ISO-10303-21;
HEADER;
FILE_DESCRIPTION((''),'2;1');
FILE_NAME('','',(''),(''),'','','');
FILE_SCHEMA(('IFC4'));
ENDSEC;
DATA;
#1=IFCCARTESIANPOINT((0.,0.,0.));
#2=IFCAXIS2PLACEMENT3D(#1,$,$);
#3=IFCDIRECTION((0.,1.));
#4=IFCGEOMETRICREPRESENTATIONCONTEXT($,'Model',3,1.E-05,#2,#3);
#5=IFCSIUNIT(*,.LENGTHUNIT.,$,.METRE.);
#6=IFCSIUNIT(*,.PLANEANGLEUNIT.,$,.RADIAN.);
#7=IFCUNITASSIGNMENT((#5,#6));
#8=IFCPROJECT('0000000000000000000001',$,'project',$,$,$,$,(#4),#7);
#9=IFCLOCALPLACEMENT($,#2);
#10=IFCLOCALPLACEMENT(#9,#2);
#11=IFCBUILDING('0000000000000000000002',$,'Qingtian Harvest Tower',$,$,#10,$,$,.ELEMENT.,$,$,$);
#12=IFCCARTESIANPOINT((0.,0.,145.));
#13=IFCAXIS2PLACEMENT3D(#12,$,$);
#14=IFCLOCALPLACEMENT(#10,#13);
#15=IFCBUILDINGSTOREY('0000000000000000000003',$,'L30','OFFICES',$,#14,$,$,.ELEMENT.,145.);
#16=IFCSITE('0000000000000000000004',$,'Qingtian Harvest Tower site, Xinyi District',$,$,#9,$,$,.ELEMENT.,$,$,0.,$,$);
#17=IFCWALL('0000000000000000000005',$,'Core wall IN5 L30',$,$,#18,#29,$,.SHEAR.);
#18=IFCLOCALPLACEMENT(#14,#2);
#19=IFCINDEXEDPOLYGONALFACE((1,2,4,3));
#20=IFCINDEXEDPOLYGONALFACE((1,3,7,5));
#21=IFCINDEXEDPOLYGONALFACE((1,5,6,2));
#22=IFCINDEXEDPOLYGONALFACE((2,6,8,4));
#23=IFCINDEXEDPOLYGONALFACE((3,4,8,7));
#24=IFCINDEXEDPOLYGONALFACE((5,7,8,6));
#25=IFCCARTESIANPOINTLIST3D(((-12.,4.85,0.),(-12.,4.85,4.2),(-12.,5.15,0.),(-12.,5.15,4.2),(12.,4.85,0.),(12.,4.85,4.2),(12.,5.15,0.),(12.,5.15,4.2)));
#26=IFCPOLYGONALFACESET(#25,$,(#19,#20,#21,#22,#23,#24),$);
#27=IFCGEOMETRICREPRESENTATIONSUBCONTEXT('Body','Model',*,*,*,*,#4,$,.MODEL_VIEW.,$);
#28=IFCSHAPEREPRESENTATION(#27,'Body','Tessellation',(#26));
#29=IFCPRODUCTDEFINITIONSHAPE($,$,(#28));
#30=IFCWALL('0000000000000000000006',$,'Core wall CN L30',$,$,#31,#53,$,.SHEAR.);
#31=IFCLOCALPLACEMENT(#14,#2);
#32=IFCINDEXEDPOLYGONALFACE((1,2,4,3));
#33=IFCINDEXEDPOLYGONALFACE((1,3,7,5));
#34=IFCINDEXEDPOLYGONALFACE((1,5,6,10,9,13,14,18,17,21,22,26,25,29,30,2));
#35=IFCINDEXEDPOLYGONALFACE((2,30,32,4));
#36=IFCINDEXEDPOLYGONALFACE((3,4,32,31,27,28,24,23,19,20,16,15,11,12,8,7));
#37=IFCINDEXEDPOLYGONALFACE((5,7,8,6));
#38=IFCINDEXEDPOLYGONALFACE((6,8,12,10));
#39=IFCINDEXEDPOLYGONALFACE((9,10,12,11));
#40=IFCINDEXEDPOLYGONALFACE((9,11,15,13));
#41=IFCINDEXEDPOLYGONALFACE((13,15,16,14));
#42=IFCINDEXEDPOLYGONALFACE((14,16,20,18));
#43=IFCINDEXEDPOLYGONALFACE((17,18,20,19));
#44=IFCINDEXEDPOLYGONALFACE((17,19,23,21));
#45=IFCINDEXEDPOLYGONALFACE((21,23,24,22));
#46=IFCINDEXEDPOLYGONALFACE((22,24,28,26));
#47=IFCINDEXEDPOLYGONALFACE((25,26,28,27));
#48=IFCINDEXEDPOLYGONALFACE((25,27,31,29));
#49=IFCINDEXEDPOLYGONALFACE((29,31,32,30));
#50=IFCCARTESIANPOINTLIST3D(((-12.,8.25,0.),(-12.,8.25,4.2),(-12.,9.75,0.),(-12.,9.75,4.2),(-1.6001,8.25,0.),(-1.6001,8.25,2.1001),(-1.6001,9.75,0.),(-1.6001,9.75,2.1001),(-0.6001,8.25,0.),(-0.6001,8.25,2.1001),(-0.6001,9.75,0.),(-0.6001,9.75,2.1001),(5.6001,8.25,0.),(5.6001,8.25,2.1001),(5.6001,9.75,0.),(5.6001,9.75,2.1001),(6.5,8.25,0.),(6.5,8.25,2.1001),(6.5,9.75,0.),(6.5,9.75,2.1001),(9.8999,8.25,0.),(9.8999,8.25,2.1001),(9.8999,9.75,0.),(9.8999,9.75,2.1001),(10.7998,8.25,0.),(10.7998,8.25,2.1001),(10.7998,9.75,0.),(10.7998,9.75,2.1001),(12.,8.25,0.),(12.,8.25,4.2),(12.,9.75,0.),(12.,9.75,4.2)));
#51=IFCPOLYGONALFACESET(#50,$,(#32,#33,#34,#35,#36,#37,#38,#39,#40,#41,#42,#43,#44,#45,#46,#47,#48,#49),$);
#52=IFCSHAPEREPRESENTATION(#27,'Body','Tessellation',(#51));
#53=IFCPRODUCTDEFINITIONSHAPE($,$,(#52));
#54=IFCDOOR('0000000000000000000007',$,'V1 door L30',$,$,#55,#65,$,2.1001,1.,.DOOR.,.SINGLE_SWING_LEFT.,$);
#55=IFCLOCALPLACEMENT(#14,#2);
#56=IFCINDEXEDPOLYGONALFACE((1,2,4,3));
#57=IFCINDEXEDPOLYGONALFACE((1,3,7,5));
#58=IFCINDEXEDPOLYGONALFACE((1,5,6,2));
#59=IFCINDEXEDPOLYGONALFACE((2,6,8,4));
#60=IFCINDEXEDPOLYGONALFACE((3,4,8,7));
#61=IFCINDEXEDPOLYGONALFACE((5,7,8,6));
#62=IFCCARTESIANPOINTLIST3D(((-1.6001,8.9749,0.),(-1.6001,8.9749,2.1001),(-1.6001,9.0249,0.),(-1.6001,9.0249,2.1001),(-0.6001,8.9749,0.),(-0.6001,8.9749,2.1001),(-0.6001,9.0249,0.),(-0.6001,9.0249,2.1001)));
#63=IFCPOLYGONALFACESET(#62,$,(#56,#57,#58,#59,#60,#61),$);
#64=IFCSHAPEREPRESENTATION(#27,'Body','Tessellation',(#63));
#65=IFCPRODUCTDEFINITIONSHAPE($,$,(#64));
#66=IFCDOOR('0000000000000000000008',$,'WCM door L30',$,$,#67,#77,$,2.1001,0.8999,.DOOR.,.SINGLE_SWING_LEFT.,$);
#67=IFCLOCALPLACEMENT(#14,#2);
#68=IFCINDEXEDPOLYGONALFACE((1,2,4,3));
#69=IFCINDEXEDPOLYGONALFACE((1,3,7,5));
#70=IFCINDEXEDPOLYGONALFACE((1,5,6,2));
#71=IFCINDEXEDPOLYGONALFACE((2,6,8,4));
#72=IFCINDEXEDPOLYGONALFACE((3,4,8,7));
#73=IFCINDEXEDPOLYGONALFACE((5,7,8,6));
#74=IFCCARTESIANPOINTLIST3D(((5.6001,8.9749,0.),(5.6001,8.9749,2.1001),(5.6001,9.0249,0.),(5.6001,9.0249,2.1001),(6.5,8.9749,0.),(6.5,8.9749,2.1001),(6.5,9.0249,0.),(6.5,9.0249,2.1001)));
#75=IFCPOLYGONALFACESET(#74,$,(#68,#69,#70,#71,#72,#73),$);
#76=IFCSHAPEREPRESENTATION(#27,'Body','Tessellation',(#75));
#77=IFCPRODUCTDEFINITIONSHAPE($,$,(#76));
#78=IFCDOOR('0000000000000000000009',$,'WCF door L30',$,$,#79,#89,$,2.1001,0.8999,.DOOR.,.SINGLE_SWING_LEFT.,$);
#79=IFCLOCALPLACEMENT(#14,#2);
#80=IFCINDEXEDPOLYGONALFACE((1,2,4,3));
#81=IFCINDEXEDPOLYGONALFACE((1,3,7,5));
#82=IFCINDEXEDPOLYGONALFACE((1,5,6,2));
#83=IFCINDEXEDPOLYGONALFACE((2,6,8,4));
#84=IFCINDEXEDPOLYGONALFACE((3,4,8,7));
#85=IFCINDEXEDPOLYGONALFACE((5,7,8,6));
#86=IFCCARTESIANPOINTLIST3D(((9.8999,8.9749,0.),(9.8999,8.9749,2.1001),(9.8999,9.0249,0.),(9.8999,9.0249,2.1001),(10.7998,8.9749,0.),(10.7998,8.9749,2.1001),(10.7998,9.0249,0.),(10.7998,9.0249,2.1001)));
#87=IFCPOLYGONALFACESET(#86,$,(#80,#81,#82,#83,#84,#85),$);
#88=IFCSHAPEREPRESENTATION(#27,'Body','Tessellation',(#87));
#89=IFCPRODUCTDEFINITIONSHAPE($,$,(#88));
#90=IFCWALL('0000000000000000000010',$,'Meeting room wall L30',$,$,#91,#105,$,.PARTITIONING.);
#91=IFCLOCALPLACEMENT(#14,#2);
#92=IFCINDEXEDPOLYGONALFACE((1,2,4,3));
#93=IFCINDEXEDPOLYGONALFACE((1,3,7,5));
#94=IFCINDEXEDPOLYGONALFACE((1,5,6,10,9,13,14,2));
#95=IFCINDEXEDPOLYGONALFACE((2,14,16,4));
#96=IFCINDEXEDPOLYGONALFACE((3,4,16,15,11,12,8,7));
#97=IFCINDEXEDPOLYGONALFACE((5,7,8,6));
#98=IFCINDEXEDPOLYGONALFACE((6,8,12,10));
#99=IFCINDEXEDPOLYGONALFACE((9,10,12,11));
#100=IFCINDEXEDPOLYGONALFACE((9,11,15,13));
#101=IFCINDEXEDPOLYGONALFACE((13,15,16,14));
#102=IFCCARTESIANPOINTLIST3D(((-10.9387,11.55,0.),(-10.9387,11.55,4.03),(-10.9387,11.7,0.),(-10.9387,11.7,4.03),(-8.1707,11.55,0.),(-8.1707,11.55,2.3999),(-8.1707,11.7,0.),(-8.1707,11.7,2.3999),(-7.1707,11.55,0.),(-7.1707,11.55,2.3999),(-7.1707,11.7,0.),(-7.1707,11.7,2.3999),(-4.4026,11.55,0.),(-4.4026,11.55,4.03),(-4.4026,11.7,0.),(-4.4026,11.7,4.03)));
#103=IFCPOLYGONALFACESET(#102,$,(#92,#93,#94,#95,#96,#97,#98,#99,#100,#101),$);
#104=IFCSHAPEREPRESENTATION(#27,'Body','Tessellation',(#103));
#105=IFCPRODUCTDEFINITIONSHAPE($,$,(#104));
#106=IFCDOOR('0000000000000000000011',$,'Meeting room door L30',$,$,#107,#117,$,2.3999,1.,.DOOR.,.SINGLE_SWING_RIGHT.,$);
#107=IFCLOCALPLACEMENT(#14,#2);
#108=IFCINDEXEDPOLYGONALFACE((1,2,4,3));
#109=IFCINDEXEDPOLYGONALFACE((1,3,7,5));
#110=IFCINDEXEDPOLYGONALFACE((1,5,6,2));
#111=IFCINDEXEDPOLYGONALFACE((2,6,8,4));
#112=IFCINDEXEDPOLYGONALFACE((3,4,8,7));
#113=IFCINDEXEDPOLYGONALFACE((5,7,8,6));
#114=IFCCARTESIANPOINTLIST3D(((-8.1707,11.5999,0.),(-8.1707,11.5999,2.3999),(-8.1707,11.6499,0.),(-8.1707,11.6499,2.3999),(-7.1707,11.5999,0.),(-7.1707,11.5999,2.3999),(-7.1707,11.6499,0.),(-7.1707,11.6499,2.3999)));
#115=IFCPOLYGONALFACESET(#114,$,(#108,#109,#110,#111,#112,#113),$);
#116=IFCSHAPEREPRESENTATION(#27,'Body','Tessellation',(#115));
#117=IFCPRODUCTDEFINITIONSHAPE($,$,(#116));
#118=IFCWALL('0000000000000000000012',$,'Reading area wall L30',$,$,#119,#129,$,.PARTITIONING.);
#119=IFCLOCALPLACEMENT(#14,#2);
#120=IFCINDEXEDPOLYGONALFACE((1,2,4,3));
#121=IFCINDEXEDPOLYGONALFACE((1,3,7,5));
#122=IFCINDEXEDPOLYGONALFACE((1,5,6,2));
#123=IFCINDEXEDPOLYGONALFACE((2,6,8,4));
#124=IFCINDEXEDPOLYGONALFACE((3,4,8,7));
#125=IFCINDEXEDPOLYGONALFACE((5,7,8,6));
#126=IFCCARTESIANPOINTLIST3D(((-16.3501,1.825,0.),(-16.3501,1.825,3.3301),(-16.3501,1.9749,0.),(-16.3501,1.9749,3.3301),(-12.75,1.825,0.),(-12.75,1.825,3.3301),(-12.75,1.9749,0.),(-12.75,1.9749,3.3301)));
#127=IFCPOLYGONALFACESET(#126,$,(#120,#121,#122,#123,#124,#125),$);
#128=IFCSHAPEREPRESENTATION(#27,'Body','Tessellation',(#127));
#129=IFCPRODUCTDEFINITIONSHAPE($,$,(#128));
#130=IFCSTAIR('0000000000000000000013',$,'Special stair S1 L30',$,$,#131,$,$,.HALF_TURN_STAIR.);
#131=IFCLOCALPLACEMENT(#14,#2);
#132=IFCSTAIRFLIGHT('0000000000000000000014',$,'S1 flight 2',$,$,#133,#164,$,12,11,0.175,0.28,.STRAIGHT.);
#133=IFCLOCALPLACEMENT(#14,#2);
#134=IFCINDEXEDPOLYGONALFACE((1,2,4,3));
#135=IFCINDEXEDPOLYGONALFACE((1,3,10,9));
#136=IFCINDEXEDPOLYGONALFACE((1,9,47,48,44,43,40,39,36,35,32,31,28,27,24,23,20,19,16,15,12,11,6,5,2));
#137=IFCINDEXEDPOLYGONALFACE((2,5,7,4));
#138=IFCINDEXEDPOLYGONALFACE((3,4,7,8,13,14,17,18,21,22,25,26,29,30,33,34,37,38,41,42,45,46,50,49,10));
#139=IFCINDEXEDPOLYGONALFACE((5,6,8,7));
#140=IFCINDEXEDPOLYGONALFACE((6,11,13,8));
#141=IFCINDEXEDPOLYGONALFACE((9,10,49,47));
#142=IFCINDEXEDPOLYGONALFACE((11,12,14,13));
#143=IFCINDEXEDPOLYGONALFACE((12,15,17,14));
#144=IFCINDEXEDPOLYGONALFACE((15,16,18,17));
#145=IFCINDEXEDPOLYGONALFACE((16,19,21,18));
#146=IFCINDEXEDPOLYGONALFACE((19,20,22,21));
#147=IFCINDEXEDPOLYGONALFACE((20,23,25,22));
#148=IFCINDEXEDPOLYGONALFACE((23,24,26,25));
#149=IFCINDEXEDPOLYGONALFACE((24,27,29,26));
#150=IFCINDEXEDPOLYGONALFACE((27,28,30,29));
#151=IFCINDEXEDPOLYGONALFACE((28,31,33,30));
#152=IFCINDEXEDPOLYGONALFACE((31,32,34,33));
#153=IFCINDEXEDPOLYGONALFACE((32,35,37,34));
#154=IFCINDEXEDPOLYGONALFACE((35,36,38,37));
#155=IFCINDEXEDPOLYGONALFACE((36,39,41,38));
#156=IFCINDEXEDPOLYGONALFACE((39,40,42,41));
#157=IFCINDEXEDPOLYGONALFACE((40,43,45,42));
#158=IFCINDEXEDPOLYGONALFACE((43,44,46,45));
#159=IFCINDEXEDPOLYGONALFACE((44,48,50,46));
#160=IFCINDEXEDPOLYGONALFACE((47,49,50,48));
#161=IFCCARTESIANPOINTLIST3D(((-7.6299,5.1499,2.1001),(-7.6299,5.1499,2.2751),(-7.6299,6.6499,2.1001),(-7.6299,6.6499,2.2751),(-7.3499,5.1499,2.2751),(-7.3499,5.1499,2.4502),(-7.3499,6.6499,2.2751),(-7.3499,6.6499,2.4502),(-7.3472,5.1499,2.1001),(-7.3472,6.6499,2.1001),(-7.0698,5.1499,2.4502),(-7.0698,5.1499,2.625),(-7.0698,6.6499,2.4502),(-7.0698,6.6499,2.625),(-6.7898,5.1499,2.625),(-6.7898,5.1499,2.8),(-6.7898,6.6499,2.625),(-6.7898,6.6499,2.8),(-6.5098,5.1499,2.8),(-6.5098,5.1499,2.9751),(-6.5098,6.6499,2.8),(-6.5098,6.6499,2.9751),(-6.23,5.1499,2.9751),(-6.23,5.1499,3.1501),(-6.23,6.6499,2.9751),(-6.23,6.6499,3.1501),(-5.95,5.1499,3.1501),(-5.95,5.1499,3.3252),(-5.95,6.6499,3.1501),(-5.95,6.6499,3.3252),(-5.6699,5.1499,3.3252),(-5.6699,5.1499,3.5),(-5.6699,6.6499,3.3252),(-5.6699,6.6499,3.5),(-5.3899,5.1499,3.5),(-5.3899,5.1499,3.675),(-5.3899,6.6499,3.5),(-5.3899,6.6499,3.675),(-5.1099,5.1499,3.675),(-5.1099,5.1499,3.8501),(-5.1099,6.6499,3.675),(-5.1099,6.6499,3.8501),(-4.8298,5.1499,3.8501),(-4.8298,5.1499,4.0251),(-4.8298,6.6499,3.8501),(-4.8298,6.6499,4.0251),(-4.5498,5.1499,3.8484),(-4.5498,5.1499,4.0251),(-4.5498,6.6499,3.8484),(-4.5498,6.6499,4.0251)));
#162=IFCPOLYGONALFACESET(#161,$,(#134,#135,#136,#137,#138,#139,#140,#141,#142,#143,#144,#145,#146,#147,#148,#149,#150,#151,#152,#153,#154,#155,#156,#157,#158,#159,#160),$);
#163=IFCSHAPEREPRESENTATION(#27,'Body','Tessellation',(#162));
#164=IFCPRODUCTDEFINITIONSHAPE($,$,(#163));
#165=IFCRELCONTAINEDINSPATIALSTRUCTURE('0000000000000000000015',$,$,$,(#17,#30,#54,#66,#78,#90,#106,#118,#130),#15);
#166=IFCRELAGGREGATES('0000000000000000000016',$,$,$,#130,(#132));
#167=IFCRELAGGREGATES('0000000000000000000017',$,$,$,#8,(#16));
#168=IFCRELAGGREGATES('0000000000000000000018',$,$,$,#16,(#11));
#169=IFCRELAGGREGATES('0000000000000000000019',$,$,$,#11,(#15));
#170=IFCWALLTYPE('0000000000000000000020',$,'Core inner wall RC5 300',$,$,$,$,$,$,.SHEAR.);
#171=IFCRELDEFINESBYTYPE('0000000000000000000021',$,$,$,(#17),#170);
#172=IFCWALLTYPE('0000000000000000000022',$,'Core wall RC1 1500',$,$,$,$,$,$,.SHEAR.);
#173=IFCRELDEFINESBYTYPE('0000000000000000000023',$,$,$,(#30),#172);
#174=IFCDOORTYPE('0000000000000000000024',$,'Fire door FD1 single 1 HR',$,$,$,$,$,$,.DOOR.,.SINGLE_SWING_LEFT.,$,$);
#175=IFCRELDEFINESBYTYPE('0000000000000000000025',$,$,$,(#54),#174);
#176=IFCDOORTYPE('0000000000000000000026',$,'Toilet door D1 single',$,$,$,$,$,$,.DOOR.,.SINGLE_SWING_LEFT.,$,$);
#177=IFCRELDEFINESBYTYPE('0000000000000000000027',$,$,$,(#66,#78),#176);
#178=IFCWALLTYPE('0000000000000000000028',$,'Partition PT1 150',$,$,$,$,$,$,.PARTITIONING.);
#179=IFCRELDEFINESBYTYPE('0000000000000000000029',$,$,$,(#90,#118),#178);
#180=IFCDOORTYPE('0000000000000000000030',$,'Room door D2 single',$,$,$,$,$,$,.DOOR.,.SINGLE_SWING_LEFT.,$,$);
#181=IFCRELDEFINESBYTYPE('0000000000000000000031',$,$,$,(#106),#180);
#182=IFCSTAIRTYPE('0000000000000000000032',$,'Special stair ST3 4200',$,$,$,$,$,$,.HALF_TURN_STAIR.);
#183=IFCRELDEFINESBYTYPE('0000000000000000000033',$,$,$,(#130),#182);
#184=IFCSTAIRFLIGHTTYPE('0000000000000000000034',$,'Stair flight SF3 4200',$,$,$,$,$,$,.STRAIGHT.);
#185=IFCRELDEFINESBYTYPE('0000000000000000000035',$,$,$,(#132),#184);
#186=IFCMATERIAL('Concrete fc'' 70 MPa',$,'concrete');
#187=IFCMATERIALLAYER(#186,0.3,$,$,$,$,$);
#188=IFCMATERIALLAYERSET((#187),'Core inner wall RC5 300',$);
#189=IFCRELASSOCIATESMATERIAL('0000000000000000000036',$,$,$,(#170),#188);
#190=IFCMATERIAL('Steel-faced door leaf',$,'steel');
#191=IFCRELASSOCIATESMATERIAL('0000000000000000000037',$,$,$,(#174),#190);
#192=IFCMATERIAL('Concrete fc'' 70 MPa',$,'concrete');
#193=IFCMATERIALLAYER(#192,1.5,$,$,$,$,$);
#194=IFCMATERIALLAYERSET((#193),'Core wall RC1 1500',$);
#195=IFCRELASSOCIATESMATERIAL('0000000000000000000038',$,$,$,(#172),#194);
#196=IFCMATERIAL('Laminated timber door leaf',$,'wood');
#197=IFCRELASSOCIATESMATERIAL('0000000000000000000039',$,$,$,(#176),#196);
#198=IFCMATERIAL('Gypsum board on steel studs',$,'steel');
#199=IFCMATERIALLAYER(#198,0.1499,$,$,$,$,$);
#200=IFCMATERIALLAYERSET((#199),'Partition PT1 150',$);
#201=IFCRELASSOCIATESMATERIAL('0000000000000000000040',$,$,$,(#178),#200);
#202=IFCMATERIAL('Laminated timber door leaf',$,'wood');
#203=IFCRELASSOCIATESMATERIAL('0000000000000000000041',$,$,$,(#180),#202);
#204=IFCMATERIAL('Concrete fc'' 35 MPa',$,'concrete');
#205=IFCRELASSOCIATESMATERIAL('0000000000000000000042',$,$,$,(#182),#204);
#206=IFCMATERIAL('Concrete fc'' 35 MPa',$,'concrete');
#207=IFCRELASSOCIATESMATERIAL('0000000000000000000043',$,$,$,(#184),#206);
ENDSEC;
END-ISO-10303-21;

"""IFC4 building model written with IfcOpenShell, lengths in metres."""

from ifc_helpers import new_model, si_unit, direction, frame, frame_2d, origin, place, context, subcontext, project, spatial, polyline, rectangle, outline, extrude, material, layer, layer_set, type_object, element, fill, aggregate, save


model = new_model("IFC4")

# Units and contexts
model_context = context("Model", 3, precision=1e-05, world=origin(), true_north=direction((0.0, 1.0)))
body_context = subcontext(model_context, "Body", "Model", "MODEL_VIEW")
ifc_project = project(units=[si_unit("LENGTHUNIT", "METRE"), si_unit("PLANEANGLEUNIT", "RADIAN")], contexts=[model_context])

# Site, building, storey
site_placement = place(None, origin())
site = spatial("IfcSite", under=ifc_project, at=site_placement, Name="Qingtian Harvest Tower site, Xinyi District", CompositionType="ELEMENT", RefElevation=0.0)
building_placement = place(site_placement, origin())
building = spatial("IfcBuilding", under=site, at=building_placement, Name="Qingtian Harvest Tower", CompositionType="ELEMENT")
storey_placement = place(building_placement, frame((0.0, 0.0, 145.0)))
storey = spatial("IfcBuildingStorey", under=building, at=storey_placement, Name="L30", Description="OFFICES", CompositionType="ELEMENT", Elevation=145.0)

# Wall
ifc_material_1 = material(Name="Concrete fc' 70 MPa", Category="concrete")
ifc_layer_1 = layer(ifc_material_1, 0.3)
ifc_layer_set_1 = layer_set([ifc_layer_1], Name="Core inner wall RC5 300")
wall_type_1 = type_object("IfcWallType", Name="Core inner wall RC5 300", PredefinedType="SHEAR", material=ifc_layer_set_1)
wall_1_placement = place(storey_placement, frame((-12.0, 5.0, 0.0), z_axis=(0.0, 0.0, 1.0), x_axis=(1.0, 0.0, 0.0)))
element("IfcWall", 1, at=wall_1_placement, inside=storey, type_object=wall_type_1, Name="Core wall IN5 L30", PredefinedType="SHEAR", context=body_context, shape_type="SweptSolid", body=[
    extrude(rectangle(XDim=24.0, YDim=0.3, at=frame_2d((12.0, 0.0))), origin(), (0.0, 0.0, 1.0), 4.2),
])

# Wall, openings, doors
ifc_material_2 = material(Name="Steel-faced door leaf", Category="steel")
door_type_1 = type_object("IfcDoorType", Name="Fire door FD1 single 1 HR", OperationType="SINGLE_SWING_LEFT", PredefinedType="DOOR", material=ifc_material_2)
ifc_material_3 = material(Name="Concrete fc' 70 MPa", Category="concrete")
ifc_layer_2 = layer(ifc_material_3, 1.5)
ifc_layer_set_2 = layer_set([ifc_layer_2], Name="Core wall RC1 1500")
wall_type_2 = type_object("IfcWallType", Name="Core wall RC1 1500", PredefinedType="SHEAR", material=ifc_layer_set_2)
wall_2_placement = place(storey_placement, frame((-12.0, 9.0, 0.0), z_axis=(0.0, 0.0, 1.0), x_axis=(1.0, 0.0, 0.0)))
wall_2 = element("IfcWall", 2, at=wall_2_placement, inside=storey, type_object=wall_type_2, Name="Core wall CN L30", PredefinedType="SHEAR", context=body_context, shape_type="SweptSolid", body=[
    extrude(rectangle(XDim=24.0, YDim=1.5, at=frame_2d((12.0, 0.0))), origin(), (0.0, 0.0, 1.0), 4.2),
])
opening_1_placement = place(wall_2_placement, frame((10.3999, 0.0, 0.0)))
opening_1 = element("IfcOpeningElement", 3, at=opening_1_placement, cuts=wall_2, PredefinedType="OPENING", context=body_context, shape_type="SweptSolid", body=[
    extrude(rectangle(XDim=1.0, YDim=2.1001, at=frame_2d((0.5, 1.05))), frame((0.0, 0.76, 0.0), z_axis=(0.0, -1.0, 0.0), x_axis=(1.0, 0.0, 0.0)), (0.0, 0.0, 1.0), 1.52),
])
opening_2_placement = place(wall_2_placement, frame((17.6001, 0.0, 0.0)))
opening_2 = element("IfcOpeningElement", 4, at=opening_2_placement, cuts=wall_2, PredefinedType="OPENING", context=body_context, shape_type="SweptSolid", body=[
    extrude(rectangle(XDim=0.8999, YDim=2.1001, at=frame_2d((0.45, 1.05))), frame((0.0, 0.76, 0.0), z_axis=(0.0, -1.0, 0.0), x_axis=(1.0, 0.0, 0.0)), (0.0, 0.0, 1.0), 1.52),
])
opening_3_placement = place(wall_2_placement, frame((21.8999, 0.0, 0.0)))
opening_3 = element("IfcOpeningElement", 5, at=opening_3_placement, cuts=wall_2, PredefinedType="OPENING", context=body_context, shape_type="SweptSolid", body=[
    extrude(rectangle(XDim=0.8999, YDim=2.1001, at=frame_2d((0.45, 1.05))), frame((0.0, 0.76, 0.0), z_axis=(0.0, -1.0, 0.0), x_axis=(1.0, 0.0, 0.0)), (0.0, 0.0, 1.0), 1.52),
])
door_1_placement = place(opening_1_placement, origin())
door_1 = element("IfcDoor", 6, at=door_1_placement, inside=storey, type_object=door_type_1, Name="V1 door L30", OperationType="SINGLE_SWING_LEFT", OverallHeight=2.1001, OverallWidth=1.0, PredefinedType="DOOR", context=body_context, shape_type="SweptSolid", body=[
    extrude(rectangle(XDim=1.0, YDim=2.1001, at=frame_2d((0.5, 1.05))), frame((0.0, 0.0249, 0.0), z_axis=(0.0, -1.0, 0.0), x_axis=(1.0, 0.0, 0.0)), (0.0, 0.0, 1.0), 0.05),
])
fill(opening_1, door_1)
ifc_material_4 = material(Name="Laminated timber door leaf", Category="wood")
door_type_2 = type_object("IfcDoorType", Name="Toilet door D1 single", OperationType="SINGLE_SWING_LEFT", PredefinedType="DOOR", material=ifc_material_4)
door_2_placement = place(opening_2_placement, origin())
door_2 = element("IfcDoor", 7, at=door_2_placement, inside=storey, type_object=door_type_2, Name="WCM door L30", OperationType="SINGLE_SWING_LEFT", OverallHeight=2.1001, OverallWidth=0.8999, PredefinedType="DOOR", context=body_context, shape_type="SweptSolid", body=[
    extrude(rectangle(XDim=0.8999, YDim=2.1001, at=frame_2d((0.45, 1.05))), frame((0.0, 0.0249, 0.0), z_axis=(0.0, -1.0, 0.0), x_axis=(1.0, 0.0, 0.0)), (0.0, 0.0, 1.0), 0.05),
])
fill(opening_2, door_2)
door_3_placement = place(opening_3_placement, origin())
door_3 = element("IfcDoor", 8, at=door_3_placement, inside=storey, type_object=door_type_2, Name="WCF door L30", OperationType="SINGLE_SWING_LEFT", OverallHeight=2.1001, OverallWidth=0.8999, PredefinedType="DOOR", context=body_context, shape_type="SweptSolid", body=[
    extrude(rectangle(XDim=0.8999, YDim=2.1001, at=frame_2d((0.45, 1.05))), frame((0.0, 0.0249, 0.0), z_axis=(0.0, -1.0, 0.0), x_axis=(1.0, 0.0, 0.0)), (0.0, 0.0, 1.0), 0.05),
])
fill(opening_3, door_3)

# Wall, opening, door
ifc_material_5 = material(Name="Gypsum board on steel studs", Category="steel")
ifc_layer_3 = layer(ifc_material_5, 0.1499)
ifc_layer_set_3 = layer_set([ifc_layer_3], Name="Partition PT1 150")
wall_type_3 = type_object("IfcWallType", Name="Partition PT1 150", PredefinedType="PARTITIONING", material=ifc_layer_set_3)
wall_3_placement = place(storey_placement, frame((-10.9387, 11.625, 0.0), z_axis=(0.0, 0.0, 1.0), x_axis=(1.0, 0.0, 0.0)))
wall_3 = element("IfcWall", 9, at=wall_3_placement, inside=storey, type_object=wall_type_3, Name="Meeting room wall L30", PredefinedType="PARTITIONING", context=body_context, shape_type="SweptSolid", body=[
    extrude(rectangle(XDim=6.5361, YDim=0.1499, at=frame_2d((3.2681, 0.0))), origin(), (0.0, 0.0, 1.0), 4.03),
])
opening_4_placement = place(wall_3_placement, frame((2.7681, 0.0, 0.0)))
opening_4 = element("IfcOpeningElement", 10, at=opening_4_placement, cuts=wall_3, PredefinedType="OPENING", context=body_context, shape_type="SweptSolid", body=[
    extrude(rectangle(XDim=1.0, YDim=2.3999, at=frame_2d((0.5, 1.2))), frame((0.0, 0.085, 0.0), z_axis=(0.0, -1.0, 0.0), x_axis=(1.0, 0.0, 0.0)), (0.0, 0.0, 1.0), 0.1699),
])
ifc_material_6 = material(Name="Laminated timber door leaf", Category="wood")
door_type_3 = type_object("IfcDoorType", Name="Room door D2 single", OperationType="SINGLE_SWING_LEFT", PredefinedType="DOOR", material=ifc_material_6)
door_4_placement = place(opening_4_placement, origin())
door_4 = element("IfcDoor", 11, at=door_4_placement, inside=storey, type_object=door_type_3, Name="Meeting room door L30", OperationType="SINGLE_SWING_RIGHT", OverallHeight=2.3999, OverallWidth=1.0, PredefinedType="DOOR", context=body_context, shape_type="SweptSolid", body=[
    extrude(rectangle(XDim=1.0, YDim=2.3999, at=frame_2d((0.5, 1.2))), frame((0.0, 0.0249, 0.0), z_axis=(0.0, -1.0, 0.0), x_axis=(1.0, 0.0, 0.0)), (0.0, 0.0, 1.0), 0.05),
])
fill(opening_4, door_4)

# Wall
wall_4_placement = place(storey_placement, frame((-12.75, 1.8999, 0.0), z_axis=(0.0, 0.0, 1.0), x_axis=(-1.0, 0.0, 0.0)))
element("IfcWall", 12, at=wall_4_placement, inside=storey, type_object=wall_type_3, Name="Reading area wall L30", PredefinedType="PARTITIONING", context=body_context, shape_type="SweptSolid", body=[
    extrude(rectangle(XDim=3.6001, YDim=0.1499, at=frame_2d((1.8, 0.0))), origin(), (0.0, 0.0, 1.0), 3.3301),
])

# Stair, stair flight
ifc_material_7 = material(Name="Concrete fc' 35 MPa", Category="concrete")
stair_type = type_object("IfcStairType", Name="Special stair ST3 4200", PredefinedType="HALF_TURN_STAIR", material=ifc_material_7)
stair_placement = place(storey_placement, origin())
stair = element("IfcStair", 13, at=stair_placement, inside=storey, type_object=stair_type, Name="Special stair S1 L30", PredefinedType="HALF_TURN_STAIR")
ifc_material_8 = material(Name="Concrete fc' 35 MPa", Category="concrete")
stair_flight_type = type_object("IfcStairFlightType", Name="Stair flight SF3 4200", PredefinedType="STRAIGHT", material=ifc_material_8)
stair_flight_placement = place(storey_placement, frame((-7.6299, 5.8999, 2.1001), z_axis=(0.0, 0.0, 1.0), x_axis=(1.0, 0.0, 0.0)))
stair_flight = element("IfcStairFlight", 14, at=stair_flight_placement, type_object=stair_flight_type, Name="S1 flight 2", NumberOfRisers=12, NumberOfTreads=11, PredefinedType="STRAIGHT", RiserHeight=0.175, TreadLength=0.28, context=body_context, shape_type="SweptSolid", body=[
    extrude(outline(polyline([(0.0, 0.0), (0.0, 0.175), (0.28, 0.175), (0.28, 0.3501), (0.5601, 0.3501), (0.5601, 0.5249), (0.8401, 0.5249), (0.8401, 0.7), (1.1201, 0.7), (1.1201, 0.875), (1.3999, 0.875), (1.3999, 1.05), (1.6799, 1.05), (1.6799, 1.2251), (1.96, 1.2251), (1.96, 1.3999), (2.24, 1.3999), (2.24, 1.575), (2.52, 1.575), (2.52, 1.75), (2.8, 1.75), (2.8, 1.925), (3.0801, 1.925), (3.0801, 2.1001), (3.0801, 1.7483), (0.2827, 0.0), (0.0, 0.0)])), frame((0.0, 0.75, 0.0), z_axis=(0.0, -1.0, 0.0), x_axis=(1.0, 0.0, 0.0)), (0.0, 0.0, 1.0), 1.5),
])
aggregate(stair, [stair_flight])

save(model, "model.ifc")
